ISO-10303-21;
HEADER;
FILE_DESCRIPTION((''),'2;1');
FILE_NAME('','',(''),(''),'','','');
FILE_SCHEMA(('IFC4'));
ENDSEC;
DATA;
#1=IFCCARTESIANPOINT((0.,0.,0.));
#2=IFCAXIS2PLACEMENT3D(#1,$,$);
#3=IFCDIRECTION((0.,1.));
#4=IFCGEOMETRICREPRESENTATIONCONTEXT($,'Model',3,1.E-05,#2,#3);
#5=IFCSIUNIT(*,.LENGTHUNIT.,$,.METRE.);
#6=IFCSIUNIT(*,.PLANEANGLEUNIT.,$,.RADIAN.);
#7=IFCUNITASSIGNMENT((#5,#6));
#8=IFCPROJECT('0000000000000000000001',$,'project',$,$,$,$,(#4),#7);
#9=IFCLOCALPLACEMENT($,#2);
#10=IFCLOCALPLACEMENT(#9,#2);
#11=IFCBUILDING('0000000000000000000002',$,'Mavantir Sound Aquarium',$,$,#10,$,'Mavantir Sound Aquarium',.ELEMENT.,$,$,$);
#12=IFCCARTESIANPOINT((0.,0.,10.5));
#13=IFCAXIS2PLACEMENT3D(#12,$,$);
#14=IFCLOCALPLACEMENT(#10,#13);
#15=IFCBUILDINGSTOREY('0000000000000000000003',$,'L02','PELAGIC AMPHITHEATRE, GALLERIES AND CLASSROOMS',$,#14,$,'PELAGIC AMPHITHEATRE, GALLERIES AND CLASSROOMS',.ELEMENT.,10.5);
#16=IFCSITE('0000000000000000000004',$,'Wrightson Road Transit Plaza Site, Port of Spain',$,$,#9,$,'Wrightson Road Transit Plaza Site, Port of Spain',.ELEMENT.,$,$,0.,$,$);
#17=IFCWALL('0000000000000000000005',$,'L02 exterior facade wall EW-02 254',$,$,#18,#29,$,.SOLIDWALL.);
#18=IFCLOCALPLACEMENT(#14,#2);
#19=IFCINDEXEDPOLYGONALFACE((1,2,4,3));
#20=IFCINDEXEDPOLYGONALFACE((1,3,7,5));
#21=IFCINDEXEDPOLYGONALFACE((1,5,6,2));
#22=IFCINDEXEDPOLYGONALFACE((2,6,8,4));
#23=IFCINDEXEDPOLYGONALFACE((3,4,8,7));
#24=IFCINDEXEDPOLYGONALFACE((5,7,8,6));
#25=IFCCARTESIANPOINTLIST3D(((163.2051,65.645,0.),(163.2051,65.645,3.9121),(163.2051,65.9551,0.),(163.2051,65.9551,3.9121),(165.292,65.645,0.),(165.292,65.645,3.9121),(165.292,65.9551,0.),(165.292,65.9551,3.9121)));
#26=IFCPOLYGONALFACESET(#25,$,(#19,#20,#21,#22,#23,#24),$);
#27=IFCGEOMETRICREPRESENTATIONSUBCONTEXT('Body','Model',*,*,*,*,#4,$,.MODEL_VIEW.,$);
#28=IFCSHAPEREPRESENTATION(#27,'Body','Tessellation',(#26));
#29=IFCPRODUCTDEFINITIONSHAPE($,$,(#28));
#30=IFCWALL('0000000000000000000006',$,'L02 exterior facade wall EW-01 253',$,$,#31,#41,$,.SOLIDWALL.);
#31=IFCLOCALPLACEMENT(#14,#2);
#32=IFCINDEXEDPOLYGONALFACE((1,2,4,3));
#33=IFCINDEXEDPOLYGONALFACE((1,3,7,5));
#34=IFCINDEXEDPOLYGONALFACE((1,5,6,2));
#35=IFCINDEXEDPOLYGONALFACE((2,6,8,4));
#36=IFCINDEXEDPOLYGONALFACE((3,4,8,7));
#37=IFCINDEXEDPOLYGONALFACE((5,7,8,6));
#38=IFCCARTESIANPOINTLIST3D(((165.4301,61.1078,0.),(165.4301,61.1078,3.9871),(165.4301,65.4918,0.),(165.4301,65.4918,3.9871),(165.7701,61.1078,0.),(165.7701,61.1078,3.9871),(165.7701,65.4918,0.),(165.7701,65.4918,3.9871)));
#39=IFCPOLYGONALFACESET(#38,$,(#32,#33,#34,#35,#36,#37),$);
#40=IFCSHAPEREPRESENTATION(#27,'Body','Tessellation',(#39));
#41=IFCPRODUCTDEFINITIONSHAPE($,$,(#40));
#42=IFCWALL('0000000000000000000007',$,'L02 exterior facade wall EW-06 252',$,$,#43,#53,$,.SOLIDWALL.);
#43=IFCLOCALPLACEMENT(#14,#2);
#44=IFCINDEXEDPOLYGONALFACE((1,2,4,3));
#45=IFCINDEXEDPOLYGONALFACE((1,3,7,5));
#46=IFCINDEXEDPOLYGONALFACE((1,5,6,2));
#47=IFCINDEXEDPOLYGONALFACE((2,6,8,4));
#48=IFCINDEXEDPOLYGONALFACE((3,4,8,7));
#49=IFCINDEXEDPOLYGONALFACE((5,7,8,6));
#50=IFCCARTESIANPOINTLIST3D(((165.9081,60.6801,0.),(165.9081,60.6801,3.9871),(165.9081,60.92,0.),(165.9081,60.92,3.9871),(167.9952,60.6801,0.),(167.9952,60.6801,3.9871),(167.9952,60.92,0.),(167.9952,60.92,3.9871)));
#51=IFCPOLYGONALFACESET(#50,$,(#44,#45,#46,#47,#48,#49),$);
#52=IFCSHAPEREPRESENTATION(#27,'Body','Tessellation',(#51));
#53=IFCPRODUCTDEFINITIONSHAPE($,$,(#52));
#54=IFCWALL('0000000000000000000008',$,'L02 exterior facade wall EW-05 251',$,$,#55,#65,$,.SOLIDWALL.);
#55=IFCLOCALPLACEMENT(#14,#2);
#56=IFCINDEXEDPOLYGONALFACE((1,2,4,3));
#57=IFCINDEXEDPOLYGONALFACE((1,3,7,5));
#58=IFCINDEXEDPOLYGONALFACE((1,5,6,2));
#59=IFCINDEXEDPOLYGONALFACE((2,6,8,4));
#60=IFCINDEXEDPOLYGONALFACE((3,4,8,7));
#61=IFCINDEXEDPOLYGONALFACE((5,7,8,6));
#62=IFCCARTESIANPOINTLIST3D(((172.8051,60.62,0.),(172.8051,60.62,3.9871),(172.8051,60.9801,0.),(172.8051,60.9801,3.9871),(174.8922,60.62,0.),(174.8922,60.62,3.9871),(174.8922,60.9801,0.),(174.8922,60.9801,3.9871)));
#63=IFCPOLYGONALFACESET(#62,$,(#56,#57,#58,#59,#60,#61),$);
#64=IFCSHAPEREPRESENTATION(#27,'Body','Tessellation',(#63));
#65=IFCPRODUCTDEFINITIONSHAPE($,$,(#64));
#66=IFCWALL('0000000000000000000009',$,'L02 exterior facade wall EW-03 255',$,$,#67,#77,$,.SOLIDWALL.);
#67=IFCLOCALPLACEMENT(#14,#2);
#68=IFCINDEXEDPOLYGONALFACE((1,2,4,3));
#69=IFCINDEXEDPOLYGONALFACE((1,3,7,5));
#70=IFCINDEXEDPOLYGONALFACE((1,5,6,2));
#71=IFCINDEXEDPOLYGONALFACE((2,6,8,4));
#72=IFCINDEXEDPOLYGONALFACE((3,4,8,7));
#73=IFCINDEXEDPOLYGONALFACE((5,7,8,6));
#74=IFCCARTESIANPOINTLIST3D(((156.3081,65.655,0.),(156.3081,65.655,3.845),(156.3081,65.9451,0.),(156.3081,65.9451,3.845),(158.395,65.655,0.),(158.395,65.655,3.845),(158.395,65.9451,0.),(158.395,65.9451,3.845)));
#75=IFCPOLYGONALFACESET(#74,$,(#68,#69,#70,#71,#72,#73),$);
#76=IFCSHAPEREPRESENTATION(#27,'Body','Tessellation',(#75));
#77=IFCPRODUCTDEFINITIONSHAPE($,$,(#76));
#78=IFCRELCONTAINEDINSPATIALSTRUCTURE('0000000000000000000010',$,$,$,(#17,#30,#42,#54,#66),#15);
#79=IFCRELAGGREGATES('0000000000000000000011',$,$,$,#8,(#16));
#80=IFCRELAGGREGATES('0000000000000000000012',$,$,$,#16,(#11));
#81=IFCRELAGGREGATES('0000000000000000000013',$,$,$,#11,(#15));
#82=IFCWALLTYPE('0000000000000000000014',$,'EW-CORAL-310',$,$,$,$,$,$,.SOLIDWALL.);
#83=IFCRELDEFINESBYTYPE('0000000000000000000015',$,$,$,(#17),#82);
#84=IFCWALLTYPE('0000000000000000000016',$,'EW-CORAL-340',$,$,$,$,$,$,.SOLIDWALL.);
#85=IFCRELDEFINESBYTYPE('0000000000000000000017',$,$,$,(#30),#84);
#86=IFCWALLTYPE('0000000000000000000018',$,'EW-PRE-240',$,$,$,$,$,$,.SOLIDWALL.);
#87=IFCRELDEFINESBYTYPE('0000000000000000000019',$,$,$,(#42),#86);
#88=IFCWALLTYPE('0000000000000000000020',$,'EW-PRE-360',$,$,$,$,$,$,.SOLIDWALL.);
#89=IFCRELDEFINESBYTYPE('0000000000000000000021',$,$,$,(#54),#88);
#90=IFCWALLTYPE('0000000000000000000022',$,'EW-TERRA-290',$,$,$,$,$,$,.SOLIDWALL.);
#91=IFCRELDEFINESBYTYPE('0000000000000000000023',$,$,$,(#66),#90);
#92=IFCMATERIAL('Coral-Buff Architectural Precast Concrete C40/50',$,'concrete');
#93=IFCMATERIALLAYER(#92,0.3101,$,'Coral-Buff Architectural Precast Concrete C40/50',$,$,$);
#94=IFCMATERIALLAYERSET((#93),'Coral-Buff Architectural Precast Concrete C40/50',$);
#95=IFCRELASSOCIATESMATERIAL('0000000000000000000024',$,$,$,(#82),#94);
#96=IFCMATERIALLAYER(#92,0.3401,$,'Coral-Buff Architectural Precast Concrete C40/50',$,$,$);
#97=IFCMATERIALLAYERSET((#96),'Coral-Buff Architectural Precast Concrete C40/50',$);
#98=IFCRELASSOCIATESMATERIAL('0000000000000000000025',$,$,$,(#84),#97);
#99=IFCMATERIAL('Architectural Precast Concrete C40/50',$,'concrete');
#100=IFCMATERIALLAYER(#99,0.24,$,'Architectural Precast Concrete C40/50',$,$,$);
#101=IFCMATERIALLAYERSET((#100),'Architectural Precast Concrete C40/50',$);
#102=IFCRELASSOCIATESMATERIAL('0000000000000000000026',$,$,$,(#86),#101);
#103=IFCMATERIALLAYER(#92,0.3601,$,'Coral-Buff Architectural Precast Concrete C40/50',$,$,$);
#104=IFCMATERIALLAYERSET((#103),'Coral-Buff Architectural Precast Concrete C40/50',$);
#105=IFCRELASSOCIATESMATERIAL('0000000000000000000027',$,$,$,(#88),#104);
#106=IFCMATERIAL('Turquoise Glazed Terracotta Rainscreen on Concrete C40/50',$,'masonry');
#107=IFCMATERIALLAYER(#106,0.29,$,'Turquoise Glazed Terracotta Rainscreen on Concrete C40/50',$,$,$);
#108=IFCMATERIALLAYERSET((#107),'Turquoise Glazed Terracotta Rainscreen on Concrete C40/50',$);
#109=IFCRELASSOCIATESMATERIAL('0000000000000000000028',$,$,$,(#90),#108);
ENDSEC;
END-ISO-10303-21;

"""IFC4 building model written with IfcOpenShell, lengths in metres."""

from ifc_helpers import new_model, si_unit, direction, frame, frame_2d, origin, place, context, subcontext, project, spatial, rectangle, extrude, material, layer, layer_set, type_object, element, save


model = new_model("IFC4")

# Units and contexts
model_context = context("Model", 3, precision=1e-05, world=origin(), true_north=direction((0.0, 1.0)))
body_context = subcontext(model_context, "Body", "Model", "MODEL_VIEW")
ifc_project = project(units=[si_unit("LENGTHUNIT", "METRE"), si_unit("PLANEANGLEUNIT", "RADIAN")], contexts=[model_context])

# Site, building, storey
site_placement = place(None, origin())
site = spatial("IfcSite", under=ifc_project, at=site_placement, Name="Wrightson Road Transit Plaza Site, Port of Spain", LongName="Wrightson Road Transit Plaza Site, Port of Spain", CompositionType="ELEMENT", RefElevation=0.0)
building_placement = place(site_placement, origin())
building = spatial("IfcBuilding", under=site, at=building_placement, Name="Mavantir Sound Aquarium", LongName="Mavantir Sound Aquarium", CompositionType="ELEMENT")
storey_placement = place(building_placement, frame((0.0, 0.0, 10.5)))
storey = spatial("IfcBuildingStorey", under=building, at=storey_placement, Name="L02", Description="PELAGIC AMPHITHEATRE, GALLERIES AND CLASSROOMS", LongName="PELAGIC AMPHITHEATRE, GALLERIES AND CLASSROOMS", CompositionType="ELEMENT", Elevation=10.5)

# Shared definitions
ifc_material_1 = material(Name="Coral-Buff Architectural Precast Concrete C40/50", Category="concrete")
ifc_layer_1 = layer(ifc_material_1, 0.3101, Name="Coral-Buff Architectural Precast Concrete C40/50")
ifc_layer_set_1 = layer_set([ifc_layer_1], Name="Coral-Buff Architectural Precast Concrete C40/50")
wall_type_1 = type_object("IfcWallType", Name="EW-CORAL-310", PredefinedType="SOLIDWALL", material=ifc_layer_set_1)

# Walls
wall_1_placement = place(storey_placement, frame((165.292, 65.8, 0.0), z_axis=(0.0, 0.0, 1.0), x_axis=(-1.0, 0.0, 0.0)))
element("IfcWall", 1, at=wall_1_placement, inside=storey, type_object=wall_type_1, Name="L02 exterior facade wall EW-02 254", PredefinedType="SOLIDWALL", context=body_context, shape_type="SweptSolid", body=[
    extrude(rectangle(XDim=2.0869, YDim=0.3101, at=frame_2d((1.0435, 0.0))), origin(), (0.0, 0.0, 1.0), 3.9121),
])
ifc_layer_2 = layer(ifc_material_1, 0.3401, Name="Coral-Buff Architectural Precast Concrete C40/50")
ifc_layer_set_2 = layer_set([ifc_layer_2], Name="Coral-Buff Architectural Precast Concrete C40/50")
wall_type_2 = type_object("IfcWallType", Name="EW-CORAL-340", PredefinedType="SOLIDWALL", material=ifc_layer_set_2)
wall_2_placement = place(storey_placement, frame((165.6001, 61.1079, 0.0), z_axis=(0.0, 0.0, 1.0), x_axis=(0.0, 1.0, 0.0)))
element("IfcWall", 2, at=wall_2_placement, inside=storey, type_object=wall_type_2, Name="L02 exterior facade wall EW-01 253", PredefinedType="SOLIDWALL", context=body_context, shape_type="SweptSolid", body=[
    extrude(rectangle(XDim=4.384, YDim=0.3401, at=frame_2d((2.1919, 0.0))), origin(), (0.0, 0.0, 1.0), 3.9871),
])
ifc_material_2 = material(Name="Architectural Precast Concrete C40/50", Category="concrete")
ifc_layer_3 = layer(ifc_material_2, 0.24, Name="Architectural Precast Concrete C40/50")
ifc_layer_set_3 = layer_set([ifc_layer_3], Name="Architectural Precast Concrete C40/50")
wall_type_3 = type_object("IfcWallType", Name="EW-PRE-240", PredefinedType="SOLIDWALL", material=ifc_layer_set_3)
wall_3_placement = place(storey_placement, frame((167.9951, 60.8, 0.0), z_axis=(0.0, 0.0, 1.0), x_axis=(-1.0, 0.0, 0.0)))
element("IfcWall", 3, at=wall_3_placement, inside=storey, type_object=wall_type_3, Name="L02 exterior facade wall EW-06 252", PredefinedType="SOLIDWALL", context=body_context, shape_type="SweptSolid", body=[
    extrude(rectangle(XDim=2.0872, YDim=0.24, at=frame_2d((1.0435, 0.0))), origin(), (0.0, 0.0, 1.0), 3.9871),
])
ifc_layer_4 = layer(ifc_material_1, 0.3601, Name="Coral-Buff Architectural Precast Concrete C40/50")
ifc_layer_set_4 = layer_set([ifc_layer_4], Name="Coral-Buff Architectural Precast Concrete C40/50")
wall_type_4 = type_object("IfcWallType", Name="EW-PRE-360", PredefinedType="SOLIDWALL", material=ifc_layer_set_4)
wall_4_placement = place(storey_placement, frame((174.8921, 60.8, 0.0), z_axis=(0.0, 0.0, 1.0), x_axis=(-1.0, 0.0, 0.0)))
element("IfcWall", 4, at=wall_4_placement, inside=storey, type_object=wall_type_4, Name="L02 exterior facade wall EW-05 251", PredefinedType="SOLIDWALL", context=body_context, shape_type="SweptSolid", body=[
    extrude(rectangle(XDim=2.0872, YDim=0.3601, at=frame_2d((1.0435, 0.0))), origin(), (0.0, 0.0, 1.0), 3.9871),
])
ifc_material_3 = material(Name="Turquoise Glazed Terracotta Rainscreen on Concrete C40/50", Category="masonry")
ifc_layer_5 = layer(ifc_material_3, 0.29, Name="Turquoise Glazed Terracotta Rainscreen on Concrete C40/50")
ifc_layer_set_5 = layer_set([ifc_layer_5], Name="Turquoise Glazed Terracotta Rainscreen on Concrete C40/50")
wall_type_5 = type_object("IfcWallType", Name="EW-TERRA-290", PredefinedType="SOLIDWALL", material=ifc_layer_set_5)
wall_5_placement = place(storey_placement, frame((158.395, 65.8, 0.0), z_axis=(0.0, 0.0, 1.0), x_axis=(-1.0, 0.0, 0.0)))
element("IfcWall", 5, at=wall_5_placement, inside=storey, type_object=wall_type_5, Name="L02 exterior facade wall EW-03 255", PredefinedType="SOLIDWALL", context=body_context, shape_type="SweptSolid", body=[
    extrude(rectangle(XDim=2.0869, YDim=0.29, at=frame_2d((1.0435, 0.0))), origin(), (0.0, 0.0, 1.0), 3.845),
])

save(model, "model.ifc")
